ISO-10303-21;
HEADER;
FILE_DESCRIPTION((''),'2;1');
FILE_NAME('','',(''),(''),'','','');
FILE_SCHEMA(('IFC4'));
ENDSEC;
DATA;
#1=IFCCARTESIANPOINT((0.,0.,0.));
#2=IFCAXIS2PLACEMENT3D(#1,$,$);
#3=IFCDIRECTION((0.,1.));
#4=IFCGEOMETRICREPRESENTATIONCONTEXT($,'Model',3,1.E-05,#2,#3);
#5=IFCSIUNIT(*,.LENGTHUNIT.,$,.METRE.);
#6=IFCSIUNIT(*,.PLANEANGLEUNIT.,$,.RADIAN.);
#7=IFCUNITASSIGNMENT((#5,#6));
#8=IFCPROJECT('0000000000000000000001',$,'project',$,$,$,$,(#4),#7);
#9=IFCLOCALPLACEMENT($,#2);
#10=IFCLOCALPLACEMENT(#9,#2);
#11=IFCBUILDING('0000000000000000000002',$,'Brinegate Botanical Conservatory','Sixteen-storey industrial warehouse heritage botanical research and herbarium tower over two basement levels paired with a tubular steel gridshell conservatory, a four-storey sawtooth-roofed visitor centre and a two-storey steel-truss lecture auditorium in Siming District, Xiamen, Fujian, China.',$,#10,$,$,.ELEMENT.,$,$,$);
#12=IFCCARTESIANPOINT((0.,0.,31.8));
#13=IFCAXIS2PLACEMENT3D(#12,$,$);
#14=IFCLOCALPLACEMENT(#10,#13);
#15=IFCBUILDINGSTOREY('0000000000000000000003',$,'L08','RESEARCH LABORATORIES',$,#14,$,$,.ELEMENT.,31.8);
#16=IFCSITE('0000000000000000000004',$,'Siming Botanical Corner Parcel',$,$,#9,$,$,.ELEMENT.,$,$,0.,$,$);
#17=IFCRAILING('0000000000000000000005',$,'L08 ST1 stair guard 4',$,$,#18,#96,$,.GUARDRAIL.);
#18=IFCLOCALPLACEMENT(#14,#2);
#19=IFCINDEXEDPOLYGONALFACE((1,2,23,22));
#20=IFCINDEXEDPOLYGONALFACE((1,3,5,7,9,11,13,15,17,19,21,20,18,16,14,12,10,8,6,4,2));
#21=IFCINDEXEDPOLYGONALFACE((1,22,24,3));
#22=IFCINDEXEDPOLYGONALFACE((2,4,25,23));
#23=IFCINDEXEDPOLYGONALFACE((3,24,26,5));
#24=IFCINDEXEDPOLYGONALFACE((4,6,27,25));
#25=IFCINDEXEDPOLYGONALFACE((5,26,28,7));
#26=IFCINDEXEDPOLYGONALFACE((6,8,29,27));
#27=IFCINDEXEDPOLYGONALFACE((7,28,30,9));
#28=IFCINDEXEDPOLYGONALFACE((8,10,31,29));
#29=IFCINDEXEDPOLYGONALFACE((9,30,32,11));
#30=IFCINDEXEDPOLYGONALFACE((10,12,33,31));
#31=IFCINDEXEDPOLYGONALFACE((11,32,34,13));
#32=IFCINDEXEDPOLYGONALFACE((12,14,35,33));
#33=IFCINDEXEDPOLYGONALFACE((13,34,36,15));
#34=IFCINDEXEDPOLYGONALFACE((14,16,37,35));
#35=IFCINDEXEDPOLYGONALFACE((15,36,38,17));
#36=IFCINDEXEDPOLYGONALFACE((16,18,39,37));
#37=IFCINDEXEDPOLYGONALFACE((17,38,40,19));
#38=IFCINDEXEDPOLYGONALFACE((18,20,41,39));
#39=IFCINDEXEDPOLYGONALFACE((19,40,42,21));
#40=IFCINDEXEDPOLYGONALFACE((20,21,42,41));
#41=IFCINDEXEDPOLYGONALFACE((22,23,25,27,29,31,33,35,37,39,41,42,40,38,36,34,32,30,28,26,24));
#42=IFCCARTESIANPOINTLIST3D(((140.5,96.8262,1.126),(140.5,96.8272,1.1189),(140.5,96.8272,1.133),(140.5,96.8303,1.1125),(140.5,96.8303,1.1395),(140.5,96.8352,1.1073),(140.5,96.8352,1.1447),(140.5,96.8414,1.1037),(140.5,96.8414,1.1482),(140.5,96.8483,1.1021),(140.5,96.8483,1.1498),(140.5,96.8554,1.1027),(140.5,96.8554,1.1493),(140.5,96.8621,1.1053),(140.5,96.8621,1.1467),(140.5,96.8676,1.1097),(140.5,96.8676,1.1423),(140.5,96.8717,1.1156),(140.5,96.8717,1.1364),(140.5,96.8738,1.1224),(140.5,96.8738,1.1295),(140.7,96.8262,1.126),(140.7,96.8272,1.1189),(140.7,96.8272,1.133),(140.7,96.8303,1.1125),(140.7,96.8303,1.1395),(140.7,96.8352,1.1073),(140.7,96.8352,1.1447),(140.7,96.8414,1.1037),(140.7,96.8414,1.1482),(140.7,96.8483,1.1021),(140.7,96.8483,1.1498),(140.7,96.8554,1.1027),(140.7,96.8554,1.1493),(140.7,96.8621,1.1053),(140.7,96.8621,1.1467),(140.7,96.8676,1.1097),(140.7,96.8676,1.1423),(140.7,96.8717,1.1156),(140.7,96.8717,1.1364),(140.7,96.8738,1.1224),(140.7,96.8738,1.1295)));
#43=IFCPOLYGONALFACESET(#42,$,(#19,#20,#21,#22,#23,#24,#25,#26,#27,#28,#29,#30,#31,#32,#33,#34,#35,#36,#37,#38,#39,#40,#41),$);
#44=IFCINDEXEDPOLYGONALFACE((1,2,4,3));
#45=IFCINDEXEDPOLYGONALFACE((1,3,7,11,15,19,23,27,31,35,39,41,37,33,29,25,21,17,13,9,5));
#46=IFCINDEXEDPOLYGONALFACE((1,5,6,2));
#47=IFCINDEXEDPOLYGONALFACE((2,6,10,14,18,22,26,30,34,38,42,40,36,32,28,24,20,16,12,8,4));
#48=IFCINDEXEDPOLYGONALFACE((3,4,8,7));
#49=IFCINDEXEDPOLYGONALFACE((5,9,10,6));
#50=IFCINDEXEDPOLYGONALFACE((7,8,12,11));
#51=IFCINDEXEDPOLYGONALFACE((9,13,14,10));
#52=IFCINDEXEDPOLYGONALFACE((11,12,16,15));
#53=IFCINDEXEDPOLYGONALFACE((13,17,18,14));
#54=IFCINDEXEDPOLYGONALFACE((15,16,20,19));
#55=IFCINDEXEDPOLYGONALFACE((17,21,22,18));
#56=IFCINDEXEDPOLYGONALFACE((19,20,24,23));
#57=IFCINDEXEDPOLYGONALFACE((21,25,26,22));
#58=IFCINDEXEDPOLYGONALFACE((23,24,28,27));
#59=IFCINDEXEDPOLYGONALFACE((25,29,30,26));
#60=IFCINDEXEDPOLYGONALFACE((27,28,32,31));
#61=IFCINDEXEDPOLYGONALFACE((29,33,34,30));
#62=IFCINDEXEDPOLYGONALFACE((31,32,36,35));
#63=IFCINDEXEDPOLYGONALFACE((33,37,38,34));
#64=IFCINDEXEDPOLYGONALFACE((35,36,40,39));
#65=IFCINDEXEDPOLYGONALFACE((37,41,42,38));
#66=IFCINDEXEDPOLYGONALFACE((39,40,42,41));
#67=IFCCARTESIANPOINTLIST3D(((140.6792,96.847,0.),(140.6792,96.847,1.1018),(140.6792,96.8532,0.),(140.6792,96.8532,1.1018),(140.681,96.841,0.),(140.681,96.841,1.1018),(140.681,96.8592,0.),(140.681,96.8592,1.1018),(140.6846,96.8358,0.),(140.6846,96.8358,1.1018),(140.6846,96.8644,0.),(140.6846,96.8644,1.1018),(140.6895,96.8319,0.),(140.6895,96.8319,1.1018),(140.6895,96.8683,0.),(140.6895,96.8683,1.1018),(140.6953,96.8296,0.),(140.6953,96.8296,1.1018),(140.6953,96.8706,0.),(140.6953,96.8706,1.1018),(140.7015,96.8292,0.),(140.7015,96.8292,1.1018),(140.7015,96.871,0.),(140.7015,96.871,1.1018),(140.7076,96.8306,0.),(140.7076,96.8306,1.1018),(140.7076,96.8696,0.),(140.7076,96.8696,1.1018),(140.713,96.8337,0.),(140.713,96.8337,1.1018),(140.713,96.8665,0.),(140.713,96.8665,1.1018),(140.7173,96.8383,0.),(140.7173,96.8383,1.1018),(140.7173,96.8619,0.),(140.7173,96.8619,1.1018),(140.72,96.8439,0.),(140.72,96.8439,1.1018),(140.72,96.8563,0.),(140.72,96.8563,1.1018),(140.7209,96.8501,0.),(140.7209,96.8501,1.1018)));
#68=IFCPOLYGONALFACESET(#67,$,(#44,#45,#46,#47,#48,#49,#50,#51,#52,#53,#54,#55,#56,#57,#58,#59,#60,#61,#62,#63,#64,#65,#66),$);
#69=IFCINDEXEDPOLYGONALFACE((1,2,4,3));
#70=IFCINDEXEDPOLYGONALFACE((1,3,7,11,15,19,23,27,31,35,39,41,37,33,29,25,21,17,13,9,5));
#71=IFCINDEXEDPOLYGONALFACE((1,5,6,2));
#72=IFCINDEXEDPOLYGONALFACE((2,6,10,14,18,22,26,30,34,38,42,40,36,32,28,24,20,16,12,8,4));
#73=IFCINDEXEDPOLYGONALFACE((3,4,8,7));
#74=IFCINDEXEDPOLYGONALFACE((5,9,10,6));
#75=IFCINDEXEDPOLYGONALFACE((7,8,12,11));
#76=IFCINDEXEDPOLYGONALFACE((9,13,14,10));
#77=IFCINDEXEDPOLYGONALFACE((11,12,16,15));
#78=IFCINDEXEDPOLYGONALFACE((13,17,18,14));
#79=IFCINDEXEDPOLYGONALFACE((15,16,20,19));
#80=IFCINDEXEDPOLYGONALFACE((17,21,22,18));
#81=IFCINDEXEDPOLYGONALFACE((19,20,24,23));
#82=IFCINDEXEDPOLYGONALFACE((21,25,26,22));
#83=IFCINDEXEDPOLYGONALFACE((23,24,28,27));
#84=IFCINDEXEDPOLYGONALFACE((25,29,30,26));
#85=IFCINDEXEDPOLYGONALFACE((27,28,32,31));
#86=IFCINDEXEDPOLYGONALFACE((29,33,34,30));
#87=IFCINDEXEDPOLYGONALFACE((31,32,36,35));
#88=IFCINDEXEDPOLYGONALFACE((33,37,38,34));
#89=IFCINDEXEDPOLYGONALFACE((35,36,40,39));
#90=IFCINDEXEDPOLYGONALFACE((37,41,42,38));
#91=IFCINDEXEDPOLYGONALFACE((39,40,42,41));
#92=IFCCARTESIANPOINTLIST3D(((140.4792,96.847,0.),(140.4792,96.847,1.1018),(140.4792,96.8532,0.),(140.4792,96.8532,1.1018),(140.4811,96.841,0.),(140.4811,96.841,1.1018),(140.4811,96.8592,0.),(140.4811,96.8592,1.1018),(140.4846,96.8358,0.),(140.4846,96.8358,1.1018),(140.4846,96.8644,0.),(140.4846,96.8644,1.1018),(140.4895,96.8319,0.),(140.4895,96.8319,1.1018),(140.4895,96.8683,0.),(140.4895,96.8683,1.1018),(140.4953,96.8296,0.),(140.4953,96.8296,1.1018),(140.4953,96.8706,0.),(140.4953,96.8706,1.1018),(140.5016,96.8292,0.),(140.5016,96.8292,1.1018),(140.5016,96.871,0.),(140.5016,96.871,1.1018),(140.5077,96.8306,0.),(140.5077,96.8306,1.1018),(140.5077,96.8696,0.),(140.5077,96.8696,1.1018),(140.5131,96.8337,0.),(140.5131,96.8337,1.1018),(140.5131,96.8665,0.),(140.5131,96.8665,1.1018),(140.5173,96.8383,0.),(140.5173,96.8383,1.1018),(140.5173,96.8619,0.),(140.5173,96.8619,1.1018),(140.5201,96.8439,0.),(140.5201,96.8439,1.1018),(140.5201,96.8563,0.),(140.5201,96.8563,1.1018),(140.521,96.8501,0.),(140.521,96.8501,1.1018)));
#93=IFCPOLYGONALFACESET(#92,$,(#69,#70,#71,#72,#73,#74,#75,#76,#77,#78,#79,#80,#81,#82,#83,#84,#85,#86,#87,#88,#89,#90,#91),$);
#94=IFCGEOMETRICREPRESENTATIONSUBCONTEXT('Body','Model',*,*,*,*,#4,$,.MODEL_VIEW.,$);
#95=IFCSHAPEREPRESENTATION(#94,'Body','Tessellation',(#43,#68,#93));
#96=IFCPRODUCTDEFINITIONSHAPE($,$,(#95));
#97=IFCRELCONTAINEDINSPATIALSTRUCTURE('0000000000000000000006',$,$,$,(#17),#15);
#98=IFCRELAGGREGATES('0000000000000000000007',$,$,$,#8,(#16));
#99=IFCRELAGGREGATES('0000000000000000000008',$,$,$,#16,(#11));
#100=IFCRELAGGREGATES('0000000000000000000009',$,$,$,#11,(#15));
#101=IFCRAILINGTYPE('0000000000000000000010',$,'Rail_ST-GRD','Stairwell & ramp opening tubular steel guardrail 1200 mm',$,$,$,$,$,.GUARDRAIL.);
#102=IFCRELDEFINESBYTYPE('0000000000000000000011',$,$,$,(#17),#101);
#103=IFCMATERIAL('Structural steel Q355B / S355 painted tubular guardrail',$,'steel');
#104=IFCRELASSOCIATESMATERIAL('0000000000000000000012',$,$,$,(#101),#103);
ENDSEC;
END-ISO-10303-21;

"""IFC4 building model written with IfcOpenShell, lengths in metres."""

from ifc_helpers import new_model, si_unit, direction, frame, origin, origin_2d, place, context, subcontext, project, spatial, circle, extrude, material, type_object, element, save


model = new_model("IFC4")

# Units and contexts
model_context = context("Model", 3, precision=1e-05, world=origin(), true_north=direction((0.0, 1.0)))
body_context = subcontext(model_context, "Body", "Model", "MODEL_VIEW")
ifc_project = project(units=[si_unit("LENGTHUNIT", "METRE"), si_unit("PLANEANGLEUNIT", "RADIAN")], contexts=[model_context])

# Site, building, storey
site_placement = place(None, origin())
site = spatial("IfcSite", under=ifc_project, at=site_placement, Name="Siming Botanical Corner Parcel", CompositionType="ELEMENT", RefElevation=0.0)
building_placement = place(site_placement, origin())
building = spatial("IfcBuilding", under=site, at=building_placement, Name="Brinegate Botanical Conservatory", Description="Sixteen-storey industrial warehouse heritage botanical research and herbarium tower over two basement levels paired with a tubular steel gridshell conservatory, a four-storey sawtooth-roofed visitor centre and a two-storey steel-truss lecture auditorium in Siming District, Xiamen, Fujian, China.", CompositionType="ELEMENT")
storey_placement = place(building_placement, frame((0.0, 0.0, 31.8)))
storey = spatial("IfcBuildingStorey", under=building, at=storey_placement, Name="L08", Description="RESEARCH LABORATORIES", CompositionType="ELEMENT", Elevation=31.8)

# Railing
ifc_material_1 = material(Name="Structural steel Q355B / S355 painted tubular guardrail", Category="steel")
railing_type_1 = type_object("IfcRailingType", Name="Rail_ST-GRD", Description="Stairwell & ramp opening tubular steel guardrail 1200 mm", PredefinedType="GUARDRAIL", material=ifc_material_1)
railing_1_placement = place(storey_placement, frame((140.7, 96.8501, 0.0)))
element("IfcRailing", 1, at=railing_1_placement, inside=storey, type_object=railing_type_1, Name="L08 ST1 stair guard 4", PredefinedType="GUARDRAIL", context=body_context, shape_type="SweptSolid", body=[
    extrude(circle(Radius=0.0239, at=origin_2d()), frame((0.0, 0.0, 1.126), z_axis=(-1.0, 0.0, 0.0), x_axis=(0.0, -1.0, 0.0)), (0.0, 0.0, 1.0), 0.2),
    extrude(circle(Radius=0.021, at=origin_2d()), origin(), (0.0, 0.0, 1.0), 1.1018),
    extrude(circle(Radius=0.021, at=origin_2d()), frame((-0.2, 0.0, 0.0)), (0.0, 0.0, 1.0), 1.1018),
])

save(model, "model.ifc")
